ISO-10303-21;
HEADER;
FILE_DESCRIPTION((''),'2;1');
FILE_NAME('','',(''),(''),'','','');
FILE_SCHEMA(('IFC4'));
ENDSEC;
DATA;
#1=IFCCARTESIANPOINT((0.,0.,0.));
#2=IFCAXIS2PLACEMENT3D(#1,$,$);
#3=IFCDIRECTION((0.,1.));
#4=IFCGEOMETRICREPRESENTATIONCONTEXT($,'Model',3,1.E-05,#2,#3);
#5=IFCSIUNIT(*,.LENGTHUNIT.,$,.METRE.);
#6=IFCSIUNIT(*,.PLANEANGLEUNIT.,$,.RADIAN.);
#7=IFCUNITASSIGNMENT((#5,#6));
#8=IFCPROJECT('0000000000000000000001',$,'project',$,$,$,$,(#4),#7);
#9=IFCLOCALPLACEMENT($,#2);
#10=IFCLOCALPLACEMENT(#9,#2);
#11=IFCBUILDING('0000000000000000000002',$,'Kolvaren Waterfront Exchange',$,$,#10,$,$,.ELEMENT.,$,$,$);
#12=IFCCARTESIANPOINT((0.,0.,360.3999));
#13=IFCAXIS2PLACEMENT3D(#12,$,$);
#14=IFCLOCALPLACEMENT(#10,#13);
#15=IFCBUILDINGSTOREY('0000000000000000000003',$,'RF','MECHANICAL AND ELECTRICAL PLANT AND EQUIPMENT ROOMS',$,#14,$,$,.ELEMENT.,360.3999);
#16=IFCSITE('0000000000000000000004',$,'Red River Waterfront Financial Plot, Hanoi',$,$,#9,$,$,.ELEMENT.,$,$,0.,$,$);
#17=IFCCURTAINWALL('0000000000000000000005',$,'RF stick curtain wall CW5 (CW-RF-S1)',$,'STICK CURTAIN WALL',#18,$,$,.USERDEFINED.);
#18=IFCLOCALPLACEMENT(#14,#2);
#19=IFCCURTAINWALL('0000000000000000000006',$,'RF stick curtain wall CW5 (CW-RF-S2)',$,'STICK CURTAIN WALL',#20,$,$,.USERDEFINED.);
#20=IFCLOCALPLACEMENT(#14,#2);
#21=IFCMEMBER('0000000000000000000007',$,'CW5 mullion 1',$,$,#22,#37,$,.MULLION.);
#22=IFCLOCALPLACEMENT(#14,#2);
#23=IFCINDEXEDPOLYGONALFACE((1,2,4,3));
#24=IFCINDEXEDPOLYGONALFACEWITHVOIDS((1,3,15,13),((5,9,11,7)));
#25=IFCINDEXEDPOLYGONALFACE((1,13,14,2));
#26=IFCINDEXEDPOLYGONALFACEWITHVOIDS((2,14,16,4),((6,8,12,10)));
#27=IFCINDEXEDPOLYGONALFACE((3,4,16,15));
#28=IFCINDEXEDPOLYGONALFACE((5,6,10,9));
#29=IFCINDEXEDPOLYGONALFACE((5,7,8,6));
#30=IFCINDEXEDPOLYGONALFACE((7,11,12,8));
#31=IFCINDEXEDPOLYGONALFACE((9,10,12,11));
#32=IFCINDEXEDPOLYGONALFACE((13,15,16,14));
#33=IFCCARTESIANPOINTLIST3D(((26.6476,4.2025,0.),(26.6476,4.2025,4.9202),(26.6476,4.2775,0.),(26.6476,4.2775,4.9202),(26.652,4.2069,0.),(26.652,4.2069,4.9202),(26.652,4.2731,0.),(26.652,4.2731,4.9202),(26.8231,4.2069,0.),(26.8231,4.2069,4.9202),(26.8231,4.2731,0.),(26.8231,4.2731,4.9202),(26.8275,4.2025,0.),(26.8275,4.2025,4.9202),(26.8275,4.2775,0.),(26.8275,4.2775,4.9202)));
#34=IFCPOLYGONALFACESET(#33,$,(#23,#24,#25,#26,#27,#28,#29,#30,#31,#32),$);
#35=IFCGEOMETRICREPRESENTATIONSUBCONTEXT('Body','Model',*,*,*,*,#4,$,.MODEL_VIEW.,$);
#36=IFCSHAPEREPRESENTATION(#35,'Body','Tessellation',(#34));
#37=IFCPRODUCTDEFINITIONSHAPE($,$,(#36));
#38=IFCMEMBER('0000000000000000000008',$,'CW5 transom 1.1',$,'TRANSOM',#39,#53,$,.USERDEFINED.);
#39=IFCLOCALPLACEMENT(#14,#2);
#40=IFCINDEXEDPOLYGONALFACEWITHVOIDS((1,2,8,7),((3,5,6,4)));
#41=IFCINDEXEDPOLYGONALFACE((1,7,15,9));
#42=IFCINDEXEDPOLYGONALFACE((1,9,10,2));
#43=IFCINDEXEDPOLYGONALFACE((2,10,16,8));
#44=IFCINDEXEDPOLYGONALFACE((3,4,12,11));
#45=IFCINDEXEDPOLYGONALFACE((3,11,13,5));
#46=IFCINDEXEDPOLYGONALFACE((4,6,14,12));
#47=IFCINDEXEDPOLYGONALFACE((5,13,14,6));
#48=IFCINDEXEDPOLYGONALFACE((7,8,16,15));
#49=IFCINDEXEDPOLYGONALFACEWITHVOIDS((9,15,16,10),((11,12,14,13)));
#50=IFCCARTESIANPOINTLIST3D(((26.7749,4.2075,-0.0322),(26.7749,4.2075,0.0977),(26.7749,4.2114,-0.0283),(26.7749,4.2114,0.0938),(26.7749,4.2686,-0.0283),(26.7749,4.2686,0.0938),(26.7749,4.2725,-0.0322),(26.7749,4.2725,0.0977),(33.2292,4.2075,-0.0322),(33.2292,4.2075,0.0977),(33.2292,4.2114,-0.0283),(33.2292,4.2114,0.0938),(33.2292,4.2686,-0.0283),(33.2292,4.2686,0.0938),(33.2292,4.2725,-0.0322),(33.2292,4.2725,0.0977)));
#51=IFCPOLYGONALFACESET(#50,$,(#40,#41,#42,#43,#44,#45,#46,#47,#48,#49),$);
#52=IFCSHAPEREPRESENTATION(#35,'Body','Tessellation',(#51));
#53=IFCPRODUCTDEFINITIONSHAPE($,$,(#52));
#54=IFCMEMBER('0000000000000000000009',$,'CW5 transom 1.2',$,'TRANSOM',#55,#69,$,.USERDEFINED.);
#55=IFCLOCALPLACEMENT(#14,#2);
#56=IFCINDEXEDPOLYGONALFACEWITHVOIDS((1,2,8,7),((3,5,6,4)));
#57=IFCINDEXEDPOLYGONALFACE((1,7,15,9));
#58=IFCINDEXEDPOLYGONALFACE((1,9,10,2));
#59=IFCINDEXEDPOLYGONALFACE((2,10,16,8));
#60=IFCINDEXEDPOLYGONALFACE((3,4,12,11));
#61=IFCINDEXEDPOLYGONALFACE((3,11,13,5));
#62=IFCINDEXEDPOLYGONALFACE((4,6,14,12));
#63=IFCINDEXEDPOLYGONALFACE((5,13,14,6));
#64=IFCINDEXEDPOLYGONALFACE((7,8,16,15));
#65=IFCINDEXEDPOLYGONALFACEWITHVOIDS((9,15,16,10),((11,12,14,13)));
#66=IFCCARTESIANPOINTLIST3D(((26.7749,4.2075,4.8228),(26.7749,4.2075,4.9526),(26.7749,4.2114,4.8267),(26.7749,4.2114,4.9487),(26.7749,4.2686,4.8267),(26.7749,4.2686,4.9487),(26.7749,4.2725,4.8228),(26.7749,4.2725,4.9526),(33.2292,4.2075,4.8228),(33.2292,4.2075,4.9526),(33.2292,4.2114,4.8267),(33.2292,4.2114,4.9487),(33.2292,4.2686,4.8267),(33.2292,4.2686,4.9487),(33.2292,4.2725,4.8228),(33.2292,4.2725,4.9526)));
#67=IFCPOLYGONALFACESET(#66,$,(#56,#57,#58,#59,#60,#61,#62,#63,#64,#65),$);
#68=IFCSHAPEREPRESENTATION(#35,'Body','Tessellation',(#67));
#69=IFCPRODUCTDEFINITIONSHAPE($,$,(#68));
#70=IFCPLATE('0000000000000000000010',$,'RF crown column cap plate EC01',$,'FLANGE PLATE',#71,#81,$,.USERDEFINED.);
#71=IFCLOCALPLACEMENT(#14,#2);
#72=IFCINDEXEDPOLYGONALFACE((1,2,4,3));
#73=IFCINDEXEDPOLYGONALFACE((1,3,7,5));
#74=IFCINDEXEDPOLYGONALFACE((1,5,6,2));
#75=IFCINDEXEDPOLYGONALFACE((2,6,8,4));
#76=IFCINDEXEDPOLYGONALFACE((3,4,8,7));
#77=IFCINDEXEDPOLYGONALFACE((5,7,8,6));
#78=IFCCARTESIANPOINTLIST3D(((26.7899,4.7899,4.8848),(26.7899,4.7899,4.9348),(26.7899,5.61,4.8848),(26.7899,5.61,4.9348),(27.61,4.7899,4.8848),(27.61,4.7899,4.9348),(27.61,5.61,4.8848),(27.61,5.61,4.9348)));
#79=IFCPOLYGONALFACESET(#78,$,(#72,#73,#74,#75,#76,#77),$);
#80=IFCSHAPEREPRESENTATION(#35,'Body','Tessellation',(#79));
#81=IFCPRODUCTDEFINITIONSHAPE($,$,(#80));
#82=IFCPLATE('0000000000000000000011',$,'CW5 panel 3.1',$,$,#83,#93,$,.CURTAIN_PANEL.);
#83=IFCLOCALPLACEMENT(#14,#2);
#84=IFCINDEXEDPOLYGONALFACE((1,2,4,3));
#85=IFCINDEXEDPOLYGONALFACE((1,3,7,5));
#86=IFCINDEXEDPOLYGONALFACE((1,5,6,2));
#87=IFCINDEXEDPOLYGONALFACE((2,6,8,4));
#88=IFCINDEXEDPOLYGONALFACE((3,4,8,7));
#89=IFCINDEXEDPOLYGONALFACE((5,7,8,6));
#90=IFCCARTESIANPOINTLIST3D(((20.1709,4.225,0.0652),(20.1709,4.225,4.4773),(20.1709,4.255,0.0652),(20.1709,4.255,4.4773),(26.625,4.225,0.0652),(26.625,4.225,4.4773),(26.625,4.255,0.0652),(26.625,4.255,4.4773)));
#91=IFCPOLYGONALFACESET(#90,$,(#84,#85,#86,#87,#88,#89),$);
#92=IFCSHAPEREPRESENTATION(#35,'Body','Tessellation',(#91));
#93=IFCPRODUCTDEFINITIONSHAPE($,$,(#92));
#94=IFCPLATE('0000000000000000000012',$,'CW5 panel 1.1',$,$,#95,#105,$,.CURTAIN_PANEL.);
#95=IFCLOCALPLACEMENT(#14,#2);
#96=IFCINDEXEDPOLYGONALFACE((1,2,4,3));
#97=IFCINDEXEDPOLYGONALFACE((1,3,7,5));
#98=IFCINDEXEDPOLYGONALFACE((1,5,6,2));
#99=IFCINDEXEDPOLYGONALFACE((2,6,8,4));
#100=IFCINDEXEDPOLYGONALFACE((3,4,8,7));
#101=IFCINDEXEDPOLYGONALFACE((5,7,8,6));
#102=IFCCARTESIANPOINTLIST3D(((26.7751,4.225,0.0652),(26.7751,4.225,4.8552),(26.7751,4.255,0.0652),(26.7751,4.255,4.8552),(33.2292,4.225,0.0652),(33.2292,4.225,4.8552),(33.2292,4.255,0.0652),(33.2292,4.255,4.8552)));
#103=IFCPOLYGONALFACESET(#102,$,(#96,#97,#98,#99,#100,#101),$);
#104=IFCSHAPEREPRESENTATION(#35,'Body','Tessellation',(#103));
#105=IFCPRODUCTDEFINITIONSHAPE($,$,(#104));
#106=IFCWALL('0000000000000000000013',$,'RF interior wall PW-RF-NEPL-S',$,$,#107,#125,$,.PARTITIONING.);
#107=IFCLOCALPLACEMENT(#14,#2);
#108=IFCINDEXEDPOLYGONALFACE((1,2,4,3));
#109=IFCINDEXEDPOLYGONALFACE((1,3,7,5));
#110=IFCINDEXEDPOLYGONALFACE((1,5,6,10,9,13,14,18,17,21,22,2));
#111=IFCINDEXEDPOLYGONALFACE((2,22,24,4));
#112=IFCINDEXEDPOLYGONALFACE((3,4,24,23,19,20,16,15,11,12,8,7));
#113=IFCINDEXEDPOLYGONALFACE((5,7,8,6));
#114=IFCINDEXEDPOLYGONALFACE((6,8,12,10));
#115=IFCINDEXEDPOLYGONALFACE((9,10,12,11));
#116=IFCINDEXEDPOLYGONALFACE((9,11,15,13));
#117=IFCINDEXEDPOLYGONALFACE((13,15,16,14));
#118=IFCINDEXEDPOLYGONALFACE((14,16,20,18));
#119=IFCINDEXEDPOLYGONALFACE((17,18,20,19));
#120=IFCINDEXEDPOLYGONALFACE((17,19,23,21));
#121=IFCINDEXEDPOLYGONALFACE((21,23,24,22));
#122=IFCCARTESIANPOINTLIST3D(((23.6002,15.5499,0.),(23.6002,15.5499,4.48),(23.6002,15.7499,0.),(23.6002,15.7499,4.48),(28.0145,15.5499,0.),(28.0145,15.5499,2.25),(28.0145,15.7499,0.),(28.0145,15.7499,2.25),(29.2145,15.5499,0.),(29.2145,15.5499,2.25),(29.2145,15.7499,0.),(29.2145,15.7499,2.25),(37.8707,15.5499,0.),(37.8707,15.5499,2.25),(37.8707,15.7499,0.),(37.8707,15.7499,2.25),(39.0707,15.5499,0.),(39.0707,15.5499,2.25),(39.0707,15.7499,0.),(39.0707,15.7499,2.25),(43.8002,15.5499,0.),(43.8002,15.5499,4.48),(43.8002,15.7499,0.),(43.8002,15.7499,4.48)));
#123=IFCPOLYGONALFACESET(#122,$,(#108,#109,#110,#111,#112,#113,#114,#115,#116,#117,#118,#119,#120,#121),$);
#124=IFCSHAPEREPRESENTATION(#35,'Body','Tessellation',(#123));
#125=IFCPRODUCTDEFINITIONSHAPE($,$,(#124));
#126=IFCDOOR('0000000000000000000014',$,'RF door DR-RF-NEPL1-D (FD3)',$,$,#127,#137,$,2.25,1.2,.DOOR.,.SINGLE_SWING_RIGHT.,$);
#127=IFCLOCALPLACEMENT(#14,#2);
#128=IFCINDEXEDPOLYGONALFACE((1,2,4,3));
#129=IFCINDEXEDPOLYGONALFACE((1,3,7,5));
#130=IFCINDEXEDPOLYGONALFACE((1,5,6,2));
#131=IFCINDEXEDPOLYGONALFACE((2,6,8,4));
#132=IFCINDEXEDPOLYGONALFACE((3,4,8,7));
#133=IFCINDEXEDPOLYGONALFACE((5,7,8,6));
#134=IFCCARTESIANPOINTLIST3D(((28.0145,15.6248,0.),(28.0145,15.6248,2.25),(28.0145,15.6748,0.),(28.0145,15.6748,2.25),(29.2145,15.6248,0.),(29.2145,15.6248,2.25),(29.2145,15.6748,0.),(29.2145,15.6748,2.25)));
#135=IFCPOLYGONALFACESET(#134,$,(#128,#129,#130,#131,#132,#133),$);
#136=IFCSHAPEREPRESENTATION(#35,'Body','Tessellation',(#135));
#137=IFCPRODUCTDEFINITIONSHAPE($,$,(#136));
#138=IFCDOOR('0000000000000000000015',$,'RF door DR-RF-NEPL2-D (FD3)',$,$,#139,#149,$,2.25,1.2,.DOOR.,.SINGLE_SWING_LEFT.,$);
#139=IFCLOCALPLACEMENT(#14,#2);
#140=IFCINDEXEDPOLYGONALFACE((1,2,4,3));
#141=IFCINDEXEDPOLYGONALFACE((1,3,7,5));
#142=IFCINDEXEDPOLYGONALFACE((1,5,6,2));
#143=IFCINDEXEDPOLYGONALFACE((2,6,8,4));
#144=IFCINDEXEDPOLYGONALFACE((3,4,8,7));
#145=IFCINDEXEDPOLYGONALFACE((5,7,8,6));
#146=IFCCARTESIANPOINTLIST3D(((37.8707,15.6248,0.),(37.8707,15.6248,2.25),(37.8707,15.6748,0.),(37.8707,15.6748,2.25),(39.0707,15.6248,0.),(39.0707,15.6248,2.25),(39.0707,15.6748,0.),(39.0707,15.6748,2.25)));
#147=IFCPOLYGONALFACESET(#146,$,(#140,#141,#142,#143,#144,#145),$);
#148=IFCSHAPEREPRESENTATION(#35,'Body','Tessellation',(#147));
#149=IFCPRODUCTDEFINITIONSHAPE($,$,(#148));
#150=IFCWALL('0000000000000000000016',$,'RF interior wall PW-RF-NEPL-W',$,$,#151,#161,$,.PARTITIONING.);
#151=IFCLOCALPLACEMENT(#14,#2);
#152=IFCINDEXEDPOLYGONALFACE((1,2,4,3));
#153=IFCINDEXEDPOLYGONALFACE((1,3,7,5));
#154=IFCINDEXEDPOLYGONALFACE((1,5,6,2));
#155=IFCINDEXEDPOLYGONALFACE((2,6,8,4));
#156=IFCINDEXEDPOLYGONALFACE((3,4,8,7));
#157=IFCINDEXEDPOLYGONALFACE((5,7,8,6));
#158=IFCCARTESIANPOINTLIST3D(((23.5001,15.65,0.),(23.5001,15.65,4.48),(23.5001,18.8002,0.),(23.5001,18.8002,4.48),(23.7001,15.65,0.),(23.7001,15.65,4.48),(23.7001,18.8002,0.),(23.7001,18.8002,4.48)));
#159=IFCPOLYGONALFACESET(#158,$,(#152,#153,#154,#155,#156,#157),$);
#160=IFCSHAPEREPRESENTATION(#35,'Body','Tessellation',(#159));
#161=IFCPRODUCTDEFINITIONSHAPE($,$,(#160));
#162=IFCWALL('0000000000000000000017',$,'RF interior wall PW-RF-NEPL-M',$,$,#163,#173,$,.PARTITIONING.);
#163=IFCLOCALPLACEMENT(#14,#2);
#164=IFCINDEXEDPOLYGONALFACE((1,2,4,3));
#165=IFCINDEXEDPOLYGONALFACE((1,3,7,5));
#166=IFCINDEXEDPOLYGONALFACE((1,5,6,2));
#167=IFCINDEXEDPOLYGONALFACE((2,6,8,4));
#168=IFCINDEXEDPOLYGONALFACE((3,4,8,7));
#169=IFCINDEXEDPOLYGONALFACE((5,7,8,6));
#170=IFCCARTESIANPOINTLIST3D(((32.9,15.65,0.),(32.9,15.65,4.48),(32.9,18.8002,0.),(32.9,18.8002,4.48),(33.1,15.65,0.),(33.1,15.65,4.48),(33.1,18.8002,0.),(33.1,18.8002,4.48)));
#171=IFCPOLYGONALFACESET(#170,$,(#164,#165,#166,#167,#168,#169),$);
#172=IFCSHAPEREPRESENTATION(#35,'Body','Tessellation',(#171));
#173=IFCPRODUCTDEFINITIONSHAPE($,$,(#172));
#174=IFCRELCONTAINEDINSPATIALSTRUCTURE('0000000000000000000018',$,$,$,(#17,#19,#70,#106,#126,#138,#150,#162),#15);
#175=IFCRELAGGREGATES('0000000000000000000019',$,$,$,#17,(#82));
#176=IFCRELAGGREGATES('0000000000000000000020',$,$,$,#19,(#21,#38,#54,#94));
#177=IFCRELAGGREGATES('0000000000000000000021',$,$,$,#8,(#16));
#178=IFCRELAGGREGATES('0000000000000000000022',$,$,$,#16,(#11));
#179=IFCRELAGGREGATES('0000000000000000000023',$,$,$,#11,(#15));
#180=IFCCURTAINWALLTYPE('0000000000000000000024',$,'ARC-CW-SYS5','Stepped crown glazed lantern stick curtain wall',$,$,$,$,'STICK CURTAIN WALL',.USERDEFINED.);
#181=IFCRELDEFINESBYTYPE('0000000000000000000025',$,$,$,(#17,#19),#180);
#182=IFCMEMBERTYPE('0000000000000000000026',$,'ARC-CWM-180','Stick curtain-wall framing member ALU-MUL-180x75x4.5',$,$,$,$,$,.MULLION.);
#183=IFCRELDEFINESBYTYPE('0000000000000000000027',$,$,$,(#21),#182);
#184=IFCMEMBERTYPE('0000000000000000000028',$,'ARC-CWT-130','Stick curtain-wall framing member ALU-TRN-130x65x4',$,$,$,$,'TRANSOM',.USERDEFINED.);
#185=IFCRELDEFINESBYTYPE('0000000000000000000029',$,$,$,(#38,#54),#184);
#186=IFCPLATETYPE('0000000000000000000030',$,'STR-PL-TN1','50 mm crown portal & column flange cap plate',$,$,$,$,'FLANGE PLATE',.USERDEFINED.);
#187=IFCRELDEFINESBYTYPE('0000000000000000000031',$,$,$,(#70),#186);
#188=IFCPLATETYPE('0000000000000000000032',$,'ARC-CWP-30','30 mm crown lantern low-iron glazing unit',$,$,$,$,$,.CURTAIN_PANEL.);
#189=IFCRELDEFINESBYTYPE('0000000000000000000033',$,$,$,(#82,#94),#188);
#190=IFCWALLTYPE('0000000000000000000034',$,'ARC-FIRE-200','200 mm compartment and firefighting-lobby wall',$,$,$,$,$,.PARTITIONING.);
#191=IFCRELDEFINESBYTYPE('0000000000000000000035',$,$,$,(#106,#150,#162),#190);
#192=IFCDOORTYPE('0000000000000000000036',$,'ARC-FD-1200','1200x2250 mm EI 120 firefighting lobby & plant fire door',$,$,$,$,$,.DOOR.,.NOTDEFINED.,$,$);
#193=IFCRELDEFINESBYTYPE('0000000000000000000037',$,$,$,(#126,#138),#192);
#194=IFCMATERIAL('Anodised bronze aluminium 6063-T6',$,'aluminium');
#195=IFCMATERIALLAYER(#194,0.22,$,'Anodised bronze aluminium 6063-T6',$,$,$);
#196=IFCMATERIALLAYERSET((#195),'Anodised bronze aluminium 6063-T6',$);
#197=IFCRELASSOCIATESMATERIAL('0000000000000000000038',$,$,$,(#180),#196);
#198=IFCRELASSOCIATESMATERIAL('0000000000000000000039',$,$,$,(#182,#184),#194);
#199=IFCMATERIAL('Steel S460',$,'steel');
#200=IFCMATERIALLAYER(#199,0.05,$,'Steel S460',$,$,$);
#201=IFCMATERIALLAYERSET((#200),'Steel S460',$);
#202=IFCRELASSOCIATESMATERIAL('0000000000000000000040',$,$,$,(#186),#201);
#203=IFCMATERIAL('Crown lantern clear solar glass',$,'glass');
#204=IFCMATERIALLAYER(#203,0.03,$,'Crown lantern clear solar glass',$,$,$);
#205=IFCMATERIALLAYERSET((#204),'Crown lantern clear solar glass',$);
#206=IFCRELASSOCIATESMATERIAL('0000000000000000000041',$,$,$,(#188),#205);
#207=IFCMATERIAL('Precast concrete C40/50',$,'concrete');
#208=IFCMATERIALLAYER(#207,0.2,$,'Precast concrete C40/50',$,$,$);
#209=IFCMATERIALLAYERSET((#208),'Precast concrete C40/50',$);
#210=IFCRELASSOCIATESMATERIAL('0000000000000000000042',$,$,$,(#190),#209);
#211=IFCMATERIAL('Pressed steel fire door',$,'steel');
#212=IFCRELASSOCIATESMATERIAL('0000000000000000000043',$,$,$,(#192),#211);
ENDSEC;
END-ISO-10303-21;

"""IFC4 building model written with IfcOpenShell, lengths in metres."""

from ifc_helpers import new_model, si_unit, direction, frame, frame_2d, origin, origin_with_axes, origin_2d, place, context, subcontext, project, spatial, rectangle, hollow_rectangle, extrude, source, transform, mapped, material, layer, layer_set, material_profile, profile_set, type_object, element, fill, aggregate, save


model = new_model("IFC4")

# Units and contexts
model_context = context("Model", 3, precision=1e-05, world=origin(), true_north=direction((0.0, 1.0)))
body_context = subcontext(model_context, "Body", "Model", "MODEL_VIEW")
ifc_project = project(units=[si_unit("LENGTHUNIT", "METRE"), si_unit("PLANEANGLEUNIT", "RADIAN")], contexts=[model_context])

# Site, building, storey
site_placement = place(None, origin())
site = spatial("IfcSite", under=ifc_project, at=site_placement, Name="Red River Waterfront Financial Plot, Hanoi", CompositionType="ELEMENT", RefElevation=0.0)
building_placement = place(site_placement, origin())
building = spatial("IfcBuilding", under=site, at=building_placement, Name="Kolvaren Waterfront Exchange", CompositionType="ELEMENT")
storey_placement = place(building_placement, frame((0.0, 0.0, 360.3999)))
storey = spatial("IfcBuildingStorey", under=building, at=storey_placement, Name="RF", Description="MECHANICAL AND ELECTRICAL PLANT AND EQUIPMENT ROOMS", CompositionType="ELEMENT", Elevation=360.3999)

# Curtain wall
ifc_material_1 = material(Name="Anodised bronze aluminium 6063-T6", Category="aluminium")
ifc_layer_1 = layer(ifc_material_1, 0.22, Name="Anodised bronze aluminium 6063-T6")
ifc_layer_set_1 = layer_set([ifc_layer_1], Name="Anodised bronze aluminium 6063-T6")
curtain_wall_type = type_object("IfcCurtainWallType", Name="ARC-CW-SYS5", Description="Stepped crown glazed lantern stick curtain wall", ElementType="STICK CURTAIN WALL", PredefinedType="USERDEFINED", material=ifc_layer_set_1)
curtain_wall_1_placement = place(storey_placement, origin())
curtain_wall_1 = element("IfcCurtainWall", 1, at=curtain_wall_1_placement, inside=storey, type_object=curtain_wall_type, Name="RF stick curtain wall CW5 (CW-RF-S1)", ObjectType="STICK CURTAIN WALL", PredefinedType="USERDEFINED")
ifc_material_profile_1 = material_profile(ifc_material_1, hollow_rectangle(XDim=0.075, YDim=0.1799, WallThickness=0.0044, at=origin_2d()), Name="ALU-MUL-180x75x4.5")
ifc_profile_set_1 = profile_set([ifc_material_profile_1], Name="Anodised bronze aluminium 6063-T6")
member_type_1 = type_object("IfcMemberType", Name="ARC-CWM-180", Description="Stick curtain-wall framing member ALU-MUL-180x75x4.5", PredefinedType="MULLION", material=ifc_profile_set_1)

# Curtain wall, members
curtain_wall_2_placement = place(storey_placement, origin())
curtain_wall_2 = element("IfcCurtainWall", 2, at=curtain_wall_2_placement, inside=storey, type_object=curtain_wall_type, Name="RF stick curtain wall CW5 (CW-RF-S2)", ObjectType="STICK CURTAIN WALL", PredefinedType="USERDEFINED")
shared_shape_1 = source(origin_with_axes(), body_context, "Body", "SweptSolid", [
    extrude(hollow_rectangle(XDim=0.075, YDim=0.1799, WallThickness=0.0044, at=origin_2d()), origin(), (0.0, 0.0, 1.0), 4.9202),
])
member_1_placement = place(storey_placement, frame((26.7375, 4.24, 0.0), z_axis=(0.0, 0.0, 1.0), x_axis=(0.0, 1.0, 0.0)))
member_1 = element("IfcMember", 3, at=member_1_placement, type_object=member_type_1, Name="CW5 mullion 1", PredefinedType="MULLION", context=body_context, shape_type="MappedRepresentation", body=[
    mapped(shared_shape_1, transform((0.0, 0.0, 0.0), x_axis=(1.0, 0.0, 0.0), y_axis=(0.0, 1.0, 0.0), z_axis=(0.0, 0.0, 1.0), scale=1.0)),
])
ifc_material_profile_2 = material_profile(ifc_material_1, hollow_rectangle(XDim=0.0649, YDim=0.1299, WallThickness=0.0039, at=origin_2d()), Name="ALU-TRN-130x65x4")
ifc_profile_set_2 = profile_set([ifc_material_profile_2], Name="Anodised bronze aluminium 6063-T6")
member_type_2 = type_object("IfcMemberType", Name="ARC-CWT-130", Description="Stick curtain-wall framing member ALU-TRN-130x65x4", ElementType="TRANSOM", PredefinedType="USERDEFINED", material=ifc_profile_set_2)
shared_shape_2 = source(origin_with_axes(), body_context, "Body", "SweptSolid", [
    extrude(hollow_rectangle(XDim=0.0649, YDim=0.1299, WallThickness=0.0039, at=origin_2d()), origin(), (0.0, 0.0, 1.0), 6.4543),
])
member_2_placement = place(storey_placement, frame((26.7749, 4.24, 0.0327), z_axis=(1.0, 0.0, 0.0), x_axis=(0.0, 1.0, 0.0)))
member_2 = element("IfcMember", 4, at=member_2_placement, type_object=member_type_2, Name="CW5 transom 1.1", ObjectType="TRANSOM", PredefinedType="USERDEFINED", context=body_context, shape_type="MappedRepresentation", body=[
    mapped(shared_shape_2, transform((0.0, 0.0, 0.0), x_axis=(1.0, 0.0, 0.0), y_axis=(0.0, 1.0, 0.0), z_axis=(0.0, 0.0, 1.0), scale=1.0)),
])
member_3_placement = place(storey_placement, frame((26.7749, 4.24, 4.8877), z_axis=(1.0, 0.0, 0.0), x_axis=(0.0, 1.0, 0.0)))
member_3 = element("IfcMember", 5, at=member_3_placement, type_object=member_type_2, Name="CW5 transom 1.2", ObjectType="TRANSOM", PredefinedType="USERDEFINED", context=body_context, shape_type="MappedRepresentation", body=[
    mapped(shared_shape_2, transform((0.0, 0.0, 0.0), x_axis=(1.0, 0.0, 0.0), y_axis=(0.0, 1.0, 0.0), z_axis=(0.0, 0.0, 1.0), scale=1.0)),
])

# Plates
ifc_material_2 = material(Name="Steel S460", Category="steel")
ifc_layer_2 = layer(ifc_material_2, 0.05, Name="Steel S460")
ifc_layer_set_2 = layer_set([ifc_layer_2], Name="Steel S460")
plate_type_1 = type_object("IfcPlateType", Name="STR-PL-TN1", Description="50 mm crown portal & column flange cap plate", ElementType="FLANGE PLATE", PredefinedType="USERDEFINED", material=ifc_layer_set_2)
shared_shape_3 = source(origin_with_axes(), body_context, "Body", "SweptSolid", [
    extrude(rectangle(XDim=0.8201, YDim=0.8201, at=origin_2d()), origin(), (0.0, 0.0, 1.0), 0.05),
])
plate_1_placement = place(storey_placement, frame((27.2, 5.2, 4.8848), z_axis=(0.0, 0.0, 1.0), x_axis=(1.0, 0.0, 0.0)))
element("IfcPlate", 6, at=plate_1_placement, inside=storey, type_object=plate_type_1, Name="RF crown column cap plate EC01", ObjectType="FLANGE PLATE", PredefinedType="USERDEFINED", context=body_context, shape_type="MappedRepresentation", body=[
    mapped(shared_shape_3, transform((0.0, 0.0, 0.0), x_axis=(1.0, 0.0, 0.0), y_axis=(0.0, 1.0, 0.0), z_axis=(0.0, 0.0, 1.0), scale=1.0)),
])
ifc_material_3 = material(Name="Crown lantern clear solar glass", Category="glass")
ifc_layer_3 = layer(ifc_material_3, 0.03, Name="Crown lantern clear solar glass")
ifc_layer_set_3 = layer_set([ifc_layer_3], Name="Crown lantern clear solar glass")
plate_type_2 = type_object("IfcPlateType", Name="ARC-CWP-30", Description="30 mm crown lantern low-iron glazing unit", PredefinedType="CURTAIN_PANEL", material=ifc_layer_set_3)
shared_shape_4 = source(origin_with_axes(), body_context, "Body", "SweptSolid", [
    extrude(rectangle(XDim=6.4541, YDim=0.03, at=origin_2d()), origin(), (0.0, 0.0, 1.0), 4.4121),
])
plate_2_placement = place(storey_placement, frame((23.3979, 4.24, 0.0652), z_axis=(0.0, 0.0, 1.0), x_axis=(1.0, 0.0, 0.0)))
plate_2 = element("IfcPlate", 7, at=plate_2_placement, type_object=plate_type_2, Name="CW5 panel 3.1", PredefinedType="CURTAIN_PANEL", context=body_context, shape_type="MappedRepresentation", body=[
    mapped(shared_shape_4, transform((0.0, 0.0, 0.0), x_axis=(1.0, 0.0, 0.0), y_axis=(0.0, 1.0, 0.0), z_axis=(0.0, 0.0, 1.0), scale=1.0)),
])
aggregate(curtain_wall_1, [plate_2])
shared_shape_5 = source(origin_with_axes(), body_context, "Body", "SweptSolid", [
    extrude(rectangle(XDim=6.4541, YDim=0.03, at=origin_2d()), origin(), (0.0, 0.0, 1.0), 4.79),
])
plate_3_placement = place(storey_placement, frame((30.0022, 4.24, 0.0652), z_axis=(0.0, 0.0, 1.0), x_axis=(1.0, 0.0, 0.0)))
plate_3 = element("IfcPlate", 8, at=plate_3_placement, type_object=plate_type_2, Name="CW5 panel 1.1", PredefinedType="CURTAIN_PANEL", context=body_context, shape_type="MappedRepresentation", body=[
    mapped(shared_shape_5, transform((0.0, 0.0, 0.0), x_axis=(1.0, 0.0, 0.0), y_axis=(0.0, 1.0, 0.0), z_axis=(0.0, 0.0, 1.0), scale=1.0)),
])
aggregate(curtain_wall_2, [member_1, member_2, member_3, plate_3])

# Wall, openings, doors
ifc_material_4 = material(Name="Precast concrete C40/50", Category="concrete")
ifc_layer_4 = layer(ifc_material_4, 0.2, Name="Precast concrete C40/50")
ifc_layer_set_4 = layer_set([ifc_layer_4], Name="Precast concrete C40/50")
wall_type = type_object("IfcWallType", Name="ARC-FIRE-200", Description="200 mm compartment and firefighting-lobby wall", PredefinedType="PARTITIONING", material=ifc_layer_set_4)
wall_1_placement = place(storey_placement, frame((23.6001, 15.6499, 0.0), z_axis=(0.0, 0.0, 1.0), x_axis=(1.0, 0.0, 0.0)))
wall_1 = element("IfcWall", 9, at=wall_1_placement, inside=storey, type_object=wall_type, Name="RF interior wall PW-RF-NEPL-S", PredefinedType="PARTITIONING", context=body_context, shape_type="SweptSolid", body=[
    extrude(rectangle(XDim=20.2, YDim=0.2, at=frame_2d((10.1001, 0.0))), origin(), (0.0, 0.0, 1.0), 4.48),
])
opening_1_placement = place(wall_1_placement, frame((4.4143, 0.0, 0.0)))
opening_1 = element("IfcOpeningElement", 10, at=opening_1_placement, cuts=wall_1, PredefinedType="OPENING", context=body_context, shape_type="SweptSolid", body=[
    extrude(rectangle(XDim=1.2, YDim=2.25, at=frame_2d((0.6001, 1.125))), frame((0.0, 0.1099, 0.0), z_axis=(0.0, -1.0, 0.0), x_axis=(1.0, 0.0, 0.0)), (0.0, 0.0, 1.0), 0.22),
])
opening_2_placement = place(wall_1_placement, frame((14.2705, 0.0, 0.0)))
opening_2 = element("IfcOpeningElement", 11, at=opening_2_placement, cuts=wall_1, PredefinedType="OPENING", context=body_context, shape_type="SweptSolid", body=[
    extrude(rectangle(XDim=1.2, YDim=2.25, at=frame_2d((0.6001, 1.125))), frame((0.0, 0.1099, 0.0), z_axis=(0.0, -1.0, 0.0), x_axis=(1.0, 0.0, 0.0)), (0.0, 0.0, 1.0), 0.22),
])
ifc_material_5 = material(Name="Pressed steel fire door", Category="steel")
door_type = type_object("IfcDoorType", Name="ARC-FD-1200", Description="1200x2250 mm EI 120 firefighting lobby & plant fire door", OperationType="NOTDEFINED", PredefinedType="DOOR", material=ifc_material_5)
door_1_placement = place(opening_1_placement, origin())
door_1 = element("IfcDoor", 12, at=door_1_placement, inside=storey, type_object=door_type, Name="RF door DR-RF-NEPL1-D (FD3)", OperationType="SINGLE_SWING_RIGHT", OverallHeight=2.25, OverallWidth=1.2, PredefinedType="DOOR", context=body_context, shape_type="SweptSolid", body=[
    extrude(rectangle(XDim=1.2, YDim=2.25, at=frame_2d((0.6001, 1.125))), frame((0.0, 0.0249, 0.0), z_axis=(0.0, -1.0, 0.0), x_axis=(1.0, 0.0, 0.0)), (0.0, 0.0, 1.0), 0.05),
])
fill(opening_1, door_1)
door_2_placement = place(opening_2_placement, origin())
door_2 = element("IfcDoor", 13, at=door_2_placement, inside=storey, type_object=door_type, Name="RF door DR-RF-NEPL2-D (FD3)", OperationType="SINGLE_SWING_LEFT", OverallHeight=2.25, OverallWidth=1.2, PredefinedType="DOOR", context=body_context, shape_type="SweptSolid", body=[
    extrude(rectangle(XDim=1.2, YDim=2.25, at=frame_2d((0.6001, 1.125))), frame((0.0, 0.0249, 0.0), z_axis=(0.0, -1.0, 0.0), x_axis=(1.0, 0.0, 0.0)), (0.0, 0.0, 1.0), 0.05),
])
fill(opening_2, door_2)

# Walls
for number, where, z_axis, x_axis, name in (
    (14, (23.6001, 15.6499, 0.0), (0.0, 0.0, 1.0), (0.0, 1.0, 0.0), "RF interior wall PW-RF-NEPL-W"),
    (15, (33.0, 15.6499, 0.0), (0.0, 0.0, 1.0), (0.0, 1.0, 0.0), "RF interior wall PW-RF-NEPL-M"),
):
    element("IfcWall", number, at=place(storey_placement, frame(where, z_axis=z_axis, x_axis=x_axis)), inside=storey, type_object=wall_type, Name=name, PredefinedType="PARTITIONING", context=body_context, shape_type="SweptSolid", body=[
        extrude(rectangle(XDim=3.1501, YDim=0.2, at=frame_2d((1.5752, 0.0))), origin(), (0.0, 0.0, 1.0), 4.48),
    ])

save(model, "model.ifc")
